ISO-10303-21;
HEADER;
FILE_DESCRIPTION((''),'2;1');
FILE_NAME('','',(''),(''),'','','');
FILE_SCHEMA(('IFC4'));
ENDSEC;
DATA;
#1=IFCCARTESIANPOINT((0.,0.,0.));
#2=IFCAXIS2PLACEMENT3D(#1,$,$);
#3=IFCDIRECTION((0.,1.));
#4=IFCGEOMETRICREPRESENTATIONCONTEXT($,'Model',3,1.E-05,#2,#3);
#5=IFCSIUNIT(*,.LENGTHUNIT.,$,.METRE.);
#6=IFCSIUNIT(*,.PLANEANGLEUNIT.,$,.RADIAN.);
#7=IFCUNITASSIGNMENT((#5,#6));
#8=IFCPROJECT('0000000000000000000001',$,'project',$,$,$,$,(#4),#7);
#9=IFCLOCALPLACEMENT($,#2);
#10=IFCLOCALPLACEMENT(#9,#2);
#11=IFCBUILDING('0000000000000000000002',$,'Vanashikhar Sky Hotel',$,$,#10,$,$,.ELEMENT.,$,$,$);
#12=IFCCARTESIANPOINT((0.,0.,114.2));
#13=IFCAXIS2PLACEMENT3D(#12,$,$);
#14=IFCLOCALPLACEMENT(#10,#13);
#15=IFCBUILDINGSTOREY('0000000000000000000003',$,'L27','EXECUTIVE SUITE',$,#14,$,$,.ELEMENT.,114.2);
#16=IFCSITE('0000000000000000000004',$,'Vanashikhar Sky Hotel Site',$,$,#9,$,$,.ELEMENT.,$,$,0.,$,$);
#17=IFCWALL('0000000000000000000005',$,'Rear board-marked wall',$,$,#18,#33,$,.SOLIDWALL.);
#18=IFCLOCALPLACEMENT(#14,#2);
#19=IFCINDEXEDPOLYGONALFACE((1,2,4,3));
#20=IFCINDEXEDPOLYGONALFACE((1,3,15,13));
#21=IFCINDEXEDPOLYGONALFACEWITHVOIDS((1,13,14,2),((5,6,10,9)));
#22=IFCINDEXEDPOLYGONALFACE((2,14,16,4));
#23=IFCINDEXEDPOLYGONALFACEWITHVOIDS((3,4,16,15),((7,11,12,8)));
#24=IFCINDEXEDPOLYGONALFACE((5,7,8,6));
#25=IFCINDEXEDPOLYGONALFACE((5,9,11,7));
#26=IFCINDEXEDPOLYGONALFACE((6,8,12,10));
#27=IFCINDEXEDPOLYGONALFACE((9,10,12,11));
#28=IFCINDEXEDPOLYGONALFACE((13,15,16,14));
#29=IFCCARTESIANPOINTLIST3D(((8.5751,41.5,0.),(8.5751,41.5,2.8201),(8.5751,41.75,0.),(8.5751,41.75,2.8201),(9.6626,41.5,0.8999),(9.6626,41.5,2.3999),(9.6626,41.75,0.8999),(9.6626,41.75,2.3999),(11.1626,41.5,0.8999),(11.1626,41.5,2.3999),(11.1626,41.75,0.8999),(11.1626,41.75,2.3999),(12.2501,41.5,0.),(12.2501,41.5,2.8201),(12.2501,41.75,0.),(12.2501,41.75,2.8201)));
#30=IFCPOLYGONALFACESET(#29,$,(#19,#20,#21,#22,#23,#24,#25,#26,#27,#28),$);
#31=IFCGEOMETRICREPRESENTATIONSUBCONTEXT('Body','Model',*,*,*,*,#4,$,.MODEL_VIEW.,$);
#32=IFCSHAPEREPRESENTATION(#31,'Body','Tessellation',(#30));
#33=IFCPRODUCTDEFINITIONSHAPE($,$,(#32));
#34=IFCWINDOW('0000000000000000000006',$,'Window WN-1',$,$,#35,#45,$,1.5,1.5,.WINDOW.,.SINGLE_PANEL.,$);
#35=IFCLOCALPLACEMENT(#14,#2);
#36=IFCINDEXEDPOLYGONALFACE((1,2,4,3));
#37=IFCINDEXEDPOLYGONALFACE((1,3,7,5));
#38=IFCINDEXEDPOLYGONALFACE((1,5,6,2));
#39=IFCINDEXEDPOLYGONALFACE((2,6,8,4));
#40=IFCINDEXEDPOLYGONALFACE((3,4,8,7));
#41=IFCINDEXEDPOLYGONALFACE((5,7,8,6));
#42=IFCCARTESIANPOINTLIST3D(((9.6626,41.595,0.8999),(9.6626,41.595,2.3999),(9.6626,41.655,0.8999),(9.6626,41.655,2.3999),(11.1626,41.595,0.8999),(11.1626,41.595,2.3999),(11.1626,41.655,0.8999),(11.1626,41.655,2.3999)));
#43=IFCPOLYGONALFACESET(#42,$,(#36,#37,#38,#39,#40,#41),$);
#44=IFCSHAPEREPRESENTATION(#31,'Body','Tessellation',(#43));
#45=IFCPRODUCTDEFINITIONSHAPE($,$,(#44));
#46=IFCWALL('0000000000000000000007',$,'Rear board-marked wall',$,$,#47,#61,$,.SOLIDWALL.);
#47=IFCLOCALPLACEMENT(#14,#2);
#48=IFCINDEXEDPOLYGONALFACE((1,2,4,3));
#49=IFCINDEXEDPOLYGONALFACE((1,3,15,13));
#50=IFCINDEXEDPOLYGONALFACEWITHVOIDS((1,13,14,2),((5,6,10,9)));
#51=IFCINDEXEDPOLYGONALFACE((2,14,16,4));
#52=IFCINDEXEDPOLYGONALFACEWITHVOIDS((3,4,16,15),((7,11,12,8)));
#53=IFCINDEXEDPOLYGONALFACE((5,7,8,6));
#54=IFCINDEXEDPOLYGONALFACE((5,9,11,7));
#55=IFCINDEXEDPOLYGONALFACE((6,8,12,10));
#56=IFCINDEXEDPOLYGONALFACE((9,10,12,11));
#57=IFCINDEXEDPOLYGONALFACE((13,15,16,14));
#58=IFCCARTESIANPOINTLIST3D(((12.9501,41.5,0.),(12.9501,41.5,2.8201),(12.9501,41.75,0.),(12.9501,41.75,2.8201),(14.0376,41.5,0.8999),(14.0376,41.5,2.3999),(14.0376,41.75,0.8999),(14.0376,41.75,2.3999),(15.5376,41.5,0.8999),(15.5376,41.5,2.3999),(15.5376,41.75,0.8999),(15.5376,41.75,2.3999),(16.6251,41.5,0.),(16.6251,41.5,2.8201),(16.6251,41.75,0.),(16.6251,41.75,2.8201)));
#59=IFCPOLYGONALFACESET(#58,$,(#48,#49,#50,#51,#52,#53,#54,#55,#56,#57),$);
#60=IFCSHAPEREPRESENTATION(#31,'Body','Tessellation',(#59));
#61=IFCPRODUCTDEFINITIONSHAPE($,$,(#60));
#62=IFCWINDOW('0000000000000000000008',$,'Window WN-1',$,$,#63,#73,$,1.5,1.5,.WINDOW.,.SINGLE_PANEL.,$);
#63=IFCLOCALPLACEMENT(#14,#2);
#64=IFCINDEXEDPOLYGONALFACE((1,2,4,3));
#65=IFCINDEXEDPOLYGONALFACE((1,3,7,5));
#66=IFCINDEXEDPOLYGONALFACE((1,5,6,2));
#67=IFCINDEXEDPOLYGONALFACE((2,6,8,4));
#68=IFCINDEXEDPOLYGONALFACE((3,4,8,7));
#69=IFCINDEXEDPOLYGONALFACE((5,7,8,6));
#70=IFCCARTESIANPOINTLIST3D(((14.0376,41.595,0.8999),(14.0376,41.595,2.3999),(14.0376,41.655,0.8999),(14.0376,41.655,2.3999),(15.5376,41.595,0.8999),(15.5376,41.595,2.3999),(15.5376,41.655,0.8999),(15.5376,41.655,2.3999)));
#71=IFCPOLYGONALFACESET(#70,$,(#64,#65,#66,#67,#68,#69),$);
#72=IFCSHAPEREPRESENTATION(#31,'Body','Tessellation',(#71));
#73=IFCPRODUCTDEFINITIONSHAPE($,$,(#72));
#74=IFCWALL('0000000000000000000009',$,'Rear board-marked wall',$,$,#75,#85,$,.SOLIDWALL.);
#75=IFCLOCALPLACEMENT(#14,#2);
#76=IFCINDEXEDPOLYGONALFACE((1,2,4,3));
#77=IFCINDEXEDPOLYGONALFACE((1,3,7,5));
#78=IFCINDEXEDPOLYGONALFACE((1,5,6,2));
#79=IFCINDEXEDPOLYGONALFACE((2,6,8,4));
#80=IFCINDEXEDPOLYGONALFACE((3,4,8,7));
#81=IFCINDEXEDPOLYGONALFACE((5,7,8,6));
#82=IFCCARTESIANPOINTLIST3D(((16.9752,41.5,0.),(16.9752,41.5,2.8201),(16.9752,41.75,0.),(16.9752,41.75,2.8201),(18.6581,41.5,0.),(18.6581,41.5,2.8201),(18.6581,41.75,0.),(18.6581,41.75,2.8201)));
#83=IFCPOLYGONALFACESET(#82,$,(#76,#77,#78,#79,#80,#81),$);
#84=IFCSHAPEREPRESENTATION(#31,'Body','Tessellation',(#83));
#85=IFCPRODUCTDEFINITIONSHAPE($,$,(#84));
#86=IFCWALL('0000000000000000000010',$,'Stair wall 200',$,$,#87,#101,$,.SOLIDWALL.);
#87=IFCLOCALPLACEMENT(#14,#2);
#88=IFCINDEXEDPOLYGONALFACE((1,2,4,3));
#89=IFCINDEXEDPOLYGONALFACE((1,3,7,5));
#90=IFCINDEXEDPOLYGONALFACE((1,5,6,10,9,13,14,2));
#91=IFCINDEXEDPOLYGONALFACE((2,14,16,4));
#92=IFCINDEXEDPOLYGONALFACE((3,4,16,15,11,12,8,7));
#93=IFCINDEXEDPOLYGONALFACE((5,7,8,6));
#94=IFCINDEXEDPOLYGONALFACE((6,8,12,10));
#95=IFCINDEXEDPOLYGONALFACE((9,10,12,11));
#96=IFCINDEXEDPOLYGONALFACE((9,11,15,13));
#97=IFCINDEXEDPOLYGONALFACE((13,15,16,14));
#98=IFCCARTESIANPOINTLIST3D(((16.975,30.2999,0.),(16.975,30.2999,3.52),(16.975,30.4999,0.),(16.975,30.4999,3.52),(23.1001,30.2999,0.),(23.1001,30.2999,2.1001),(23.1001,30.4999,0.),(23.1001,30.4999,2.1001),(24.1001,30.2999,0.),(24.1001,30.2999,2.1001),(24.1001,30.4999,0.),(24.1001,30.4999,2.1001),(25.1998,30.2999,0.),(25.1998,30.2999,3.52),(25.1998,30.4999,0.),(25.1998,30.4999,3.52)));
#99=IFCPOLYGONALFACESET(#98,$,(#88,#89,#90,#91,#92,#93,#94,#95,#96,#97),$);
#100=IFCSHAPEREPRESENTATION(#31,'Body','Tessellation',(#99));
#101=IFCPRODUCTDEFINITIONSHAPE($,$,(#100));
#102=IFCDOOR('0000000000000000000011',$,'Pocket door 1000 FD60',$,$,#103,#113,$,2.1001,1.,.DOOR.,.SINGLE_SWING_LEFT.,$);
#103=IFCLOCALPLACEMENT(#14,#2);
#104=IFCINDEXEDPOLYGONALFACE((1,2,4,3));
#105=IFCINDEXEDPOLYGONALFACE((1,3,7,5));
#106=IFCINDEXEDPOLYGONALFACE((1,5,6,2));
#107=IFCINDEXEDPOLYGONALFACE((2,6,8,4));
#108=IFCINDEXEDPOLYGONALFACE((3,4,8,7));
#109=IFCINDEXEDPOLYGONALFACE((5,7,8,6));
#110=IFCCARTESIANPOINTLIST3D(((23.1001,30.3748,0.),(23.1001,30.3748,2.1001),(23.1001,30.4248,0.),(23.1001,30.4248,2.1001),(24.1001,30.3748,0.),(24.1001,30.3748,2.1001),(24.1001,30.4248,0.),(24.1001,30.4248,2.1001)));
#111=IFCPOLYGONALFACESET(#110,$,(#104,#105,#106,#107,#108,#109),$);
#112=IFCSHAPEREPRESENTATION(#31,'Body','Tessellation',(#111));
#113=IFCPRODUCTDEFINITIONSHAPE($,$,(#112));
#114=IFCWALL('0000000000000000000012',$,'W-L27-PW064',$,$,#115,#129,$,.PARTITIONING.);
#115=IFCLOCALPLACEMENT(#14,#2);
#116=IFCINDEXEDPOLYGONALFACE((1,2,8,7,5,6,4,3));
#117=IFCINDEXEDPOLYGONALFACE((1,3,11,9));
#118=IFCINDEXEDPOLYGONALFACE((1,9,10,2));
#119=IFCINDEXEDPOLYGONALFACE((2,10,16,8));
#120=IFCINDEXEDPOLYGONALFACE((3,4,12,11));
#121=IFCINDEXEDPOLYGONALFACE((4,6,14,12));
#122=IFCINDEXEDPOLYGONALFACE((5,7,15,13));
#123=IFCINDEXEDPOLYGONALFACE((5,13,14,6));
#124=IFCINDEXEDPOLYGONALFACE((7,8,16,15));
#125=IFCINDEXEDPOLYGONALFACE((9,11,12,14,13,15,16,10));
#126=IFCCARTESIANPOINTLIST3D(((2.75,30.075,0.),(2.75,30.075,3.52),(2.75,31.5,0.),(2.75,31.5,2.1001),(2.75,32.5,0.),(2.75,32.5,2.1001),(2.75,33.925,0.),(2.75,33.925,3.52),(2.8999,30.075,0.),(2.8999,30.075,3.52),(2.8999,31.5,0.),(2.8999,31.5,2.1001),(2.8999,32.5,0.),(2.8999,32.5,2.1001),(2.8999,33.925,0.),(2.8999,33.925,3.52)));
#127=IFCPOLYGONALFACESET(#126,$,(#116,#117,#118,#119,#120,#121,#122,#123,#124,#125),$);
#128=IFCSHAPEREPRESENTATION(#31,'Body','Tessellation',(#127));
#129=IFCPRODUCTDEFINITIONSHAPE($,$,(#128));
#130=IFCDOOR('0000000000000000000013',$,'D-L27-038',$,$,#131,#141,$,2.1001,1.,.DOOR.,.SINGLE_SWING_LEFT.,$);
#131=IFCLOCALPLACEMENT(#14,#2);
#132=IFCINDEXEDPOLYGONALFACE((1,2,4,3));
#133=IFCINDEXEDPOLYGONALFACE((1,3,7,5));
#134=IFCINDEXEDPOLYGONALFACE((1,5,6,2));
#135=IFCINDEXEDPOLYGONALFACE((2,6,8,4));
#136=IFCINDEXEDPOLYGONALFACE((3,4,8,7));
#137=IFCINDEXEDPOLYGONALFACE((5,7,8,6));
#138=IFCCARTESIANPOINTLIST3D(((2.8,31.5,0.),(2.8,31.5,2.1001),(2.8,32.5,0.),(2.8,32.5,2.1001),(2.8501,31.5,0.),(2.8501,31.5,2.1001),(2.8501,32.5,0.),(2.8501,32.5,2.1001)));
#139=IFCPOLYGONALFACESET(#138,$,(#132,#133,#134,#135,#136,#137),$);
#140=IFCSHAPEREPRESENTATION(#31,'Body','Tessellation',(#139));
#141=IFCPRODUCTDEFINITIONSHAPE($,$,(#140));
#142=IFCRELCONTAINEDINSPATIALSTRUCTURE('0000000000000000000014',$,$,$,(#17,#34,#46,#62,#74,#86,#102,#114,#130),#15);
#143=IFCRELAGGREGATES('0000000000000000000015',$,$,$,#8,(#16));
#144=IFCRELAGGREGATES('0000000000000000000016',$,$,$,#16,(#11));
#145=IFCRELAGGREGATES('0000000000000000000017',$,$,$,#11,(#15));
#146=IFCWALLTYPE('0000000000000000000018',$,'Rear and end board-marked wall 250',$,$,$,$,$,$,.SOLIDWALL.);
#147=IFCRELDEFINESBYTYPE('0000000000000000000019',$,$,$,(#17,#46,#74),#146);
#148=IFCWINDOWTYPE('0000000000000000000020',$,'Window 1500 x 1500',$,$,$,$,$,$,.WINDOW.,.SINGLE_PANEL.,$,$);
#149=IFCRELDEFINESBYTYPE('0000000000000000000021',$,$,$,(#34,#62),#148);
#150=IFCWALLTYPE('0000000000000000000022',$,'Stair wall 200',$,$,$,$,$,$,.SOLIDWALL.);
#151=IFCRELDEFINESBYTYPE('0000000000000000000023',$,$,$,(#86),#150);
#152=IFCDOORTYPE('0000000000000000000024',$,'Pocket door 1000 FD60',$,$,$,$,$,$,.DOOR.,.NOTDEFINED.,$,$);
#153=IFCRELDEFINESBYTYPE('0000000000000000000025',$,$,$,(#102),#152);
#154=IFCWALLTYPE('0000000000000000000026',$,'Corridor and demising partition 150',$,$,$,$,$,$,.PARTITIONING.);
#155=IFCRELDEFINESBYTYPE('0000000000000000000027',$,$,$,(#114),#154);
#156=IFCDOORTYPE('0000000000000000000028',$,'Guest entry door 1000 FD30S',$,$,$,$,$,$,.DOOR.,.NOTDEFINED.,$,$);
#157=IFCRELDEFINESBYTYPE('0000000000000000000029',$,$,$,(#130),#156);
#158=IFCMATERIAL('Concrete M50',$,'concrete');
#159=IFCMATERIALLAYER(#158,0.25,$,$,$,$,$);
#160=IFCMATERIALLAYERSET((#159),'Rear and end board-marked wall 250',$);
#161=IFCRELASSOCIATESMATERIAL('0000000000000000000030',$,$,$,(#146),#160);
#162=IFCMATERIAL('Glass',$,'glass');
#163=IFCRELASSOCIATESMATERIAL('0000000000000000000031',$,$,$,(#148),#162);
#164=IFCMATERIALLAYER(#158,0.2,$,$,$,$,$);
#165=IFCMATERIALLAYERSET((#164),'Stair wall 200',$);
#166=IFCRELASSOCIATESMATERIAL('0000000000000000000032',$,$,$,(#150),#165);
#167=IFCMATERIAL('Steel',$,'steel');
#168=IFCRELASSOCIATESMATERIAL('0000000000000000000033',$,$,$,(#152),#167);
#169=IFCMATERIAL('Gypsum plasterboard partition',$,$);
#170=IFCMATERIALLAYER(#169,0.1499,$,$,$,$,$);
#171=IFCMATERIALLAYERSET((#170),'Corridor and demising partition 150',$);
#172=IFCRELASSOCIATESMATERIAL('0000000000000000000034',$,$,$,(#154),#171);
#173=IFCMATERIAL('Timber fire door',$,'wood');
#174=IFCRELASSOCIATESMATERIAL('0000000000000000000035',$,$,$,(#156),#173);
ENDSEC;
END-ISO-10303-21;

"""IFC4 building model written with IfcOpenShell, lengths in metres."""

from ifc_helpers import new_model, si_unit, direction, frame, frame_2d, origin, place, context, subcontext, project, spatial, rectangle, extrude, source, transform, mapped, material, layer, layer_set, type_object, element, fill, save


model = new_model("IFC4")

# Units and contexts
model_context = context("Model", 3, precision=1e-05, world=origin(), true_north=direction((0.0, 1.0)))
body_context = subcontext(model_context, "Body", "Model", "MODEL_VIEW")
ifc_project = project(units=[si_unit("LENGTHUNIT", "METRE"), si_unit("PLANEANGLEUNIT", "RADIAN")], contexts=[model_context])

# Site, building, storey
site_placement = place(None, origin())
site = spatial("IfcSite", under=ifc_project, at=site_placement, Name="Vanashikhar Sky Hotel Site", CompositionType="ELEMENT", RefElevation=0.0)
building_placement = place(site_placement, origin())
building = spatial("IfcBuilding", under=site, at=building_placement, Name="Vanashikhar Sky Hotel", CompositionType="ELEMENT")
storey_placement = place(building_placement, frame((0.0, 0.0, 114.2)))
storey = spatial("IfcBuildingStorey", under=building, at=storey_placement, Name="L27", Description="EXECUTIVE SUITE", CompositionType="ELEMENT", Elevation=114.2)

# Shared definitions
ifc_material_1 = material(Name="Concrete M50", Category="concrete")

# Shared definitions
ifc_material_2 = material(Name="Glass", Category="glass")

# Walls, openings, windows
ifc_layer_1 = layer(ifc_material_1, 0.25)
ifc_layer_set_1 = layer_set([ifc_layer_1], Name="Rear and end board-marked wall 250")
wall_type_1 = type_object("IfcWallType", Name="Rear and end board-marked wall 250", PredefinedType="SOLIDWALL", material=ifc_layer_set_1)
shared_shape_1 = source(origin(), body_context, "Body", "SweptSolid", [
    extrude(rectangle(XDim=1.5, YDim=1.5, at=frame_2d((0.75, 0.75))), frame((0.0, 0.135, 0.0), z_axis=(0.0, -1.0, 0.0), x_axis=(1.0, 0.0, 0.0)), (0.0, 0.0, 1.0), 0.27),
])
window_type_1 = type_object("IfcWindowType", Name="Window 1500 x 1500", PartitioningType="SINGLE_PANEL", PredefinedType="WINDOW", material=ifc_material_2)
shared_shape_2 = source(origin(), body_context, "Body", "SweptSolid", [
    extrude(rectangle(XDim=1.5, YDim=1.5, at=frame_2d((0.75, 0.75))), frame((0.0, 0.03, 0.0), z_axis=(0.0, -1.0, 0.0), x_axis=(1.0, 0.0, 0.0)), (0.0, 0.0, 1.0), 0.0601),
])
shared_shape_3 = source(origin(), body_context, "Body", "SweptSolid", [
    extrude(rectangle(XDim=3.675, YDim=0.25, at=frame_2d((1.8374, 0.0))), origin(), (0.0, 0.0, 1.0), 2.8201),
])
wall_1_placement = place(storey_placement, frame((12.25, 41.625, 0.0), z_axis=(0.0, 0.0, 1.0), x_axis=(-1.0, 0.0, 0.0)))
wall_1 = element("IfcWall", 1, at=wall_1_placement, inside=storey, type_object=wall_type_1, Name="Rear board-marked wall", PredefinedType="SOLIDWALL", context=body_context, shape_type="MappedRepresentation", body=[
    mapped(shared_shape_3, transform((0.0, 0.0, 0.0), scale=1.0)),
])
opening_1_placement = place(wall_1_placement, frame((1.0874, 0.0, 0.8999)))
opening_1 = element("IfcOpeningElement", 2, at=opening_1_placement, cuts=wall_1, PredefinedType="OPENING", context=body_context, shape_type="MappedRepresentation", body=[
    mapped(shared_shape_1, transform((0.0, 0.0, 0.0), scale=1.0)),
])
window_1_placement = place(opening_1_placement, origin())
window_1 = element("IfcWindow", 3, at=window_1_placement, inside=storey, type_object=window_type_1, Name="Window WN-1", OverallHeight=1.5, OverallWidth=1.5, PartitioningType="SINGLE_PANEL", PredefinedType="WINDOW", context=body_context, shape_type="MappedRepresentation", body=[
    mapped(shared_shape_2, transform((0.0, 0.0, 0.0), scale=1.0)),
])
fill(opening_1, window_1)
wall_2_placement = place(storey_placement, frame((16.625, 41.625, 0.0), z_axis=(0.0, 0.0, 1.0), x_axis=(-1.0, 0.0, 0.0)))
wall_2 = element("IfcWall", 4, at=wall_2_placement, inside=storey, type_object=wall_type_1, Name="Rear board-marked wall", PredefinedType="SOLIDWALL", context=body_context, shape_type="MappedRepresentation", body=[
    mapped(shared_shape_3, transform((0.0, 0.0, 0.0), scale=1.0)),
])
opening_2_placement = place(wall_2_placement, frame((1.0874, 0.0, 0.8999)))
opening_2 = element("IfcOpeningElement", 5, at=opening_2_placement, cuts=wall_2, PredefinedType="OPENING", context=body_context, shape_type="MappedRepresentation", body=[
    mapped(shared_shape_1, transform((0.0, 0.0, 0.0), scale=1.0)),
])
window_2_placement = place(opening_2_placement, origin())
window_2 = element("IfcWindow", 6, at=window_2_placement, inside=storey, type_object=window_type_1, Name="Window WN-1", OverallHeight=1.5, OverallWidth=1.5, PartitioningType="SINGLE_PANEL", PredefinedType="WINDOW", context=body_context, shape_type="MappedRepresentation", body=[
    mapped(shared_shape_2, transform((0.0, 0.0, 0.0), scale=1.0)),
])
fill(opening_2, window_2)

# Wall
shared_shape_4 = source(origin(), body_context, "Body", "SweptSolid", [
    extrude(rectangle(XDim=1.6829, YDim=0.25, at=frame_2d((0.8413, 0.0))), origin(), (0.0, 0.0, 1.0), 2.8201),
])
wall_3_placement = place(storey_placement, frame((18.658, 41.625, 0.0), z_axis=(0.0, 0.0, 1.0), x_axis=(-1.0, 0.0, 0.0)))
element("IfcWall", 7, at=wall_3_placement, inside=storey, type_object=wall_type_1, Name="Rear board-marked wall", PredefinedType="SOLIDWALL", context=body_context, shape_type="MappedRepresentation", body=[
    mapped(shared_shape_4, transform((0.0, 0.0, 0.0), scale=1.0)),
])

# Walls, openings, doors
ifc_layer_2 = layer(ifc_material_1, 0.2)
ifc_layer_set_2 = layer_set([ifc_layer_2], Name="Stair wall 200")
wall_type_2 = type_object("IfcWallType", Name="Stair wall 200", PredefinedType="SOLIDWALL", material=ifc_layer_set_2)
shared_shape_5 = source(origin(), body_context, "Body", "SweptSolid", [
    extrude(rectangle(XDim=8.2249, YDim=0.2, at=frame_2d((4.1123, 0.0))), origin(), (0.0, 0.0, 1.0), 3.52),
])
wall_4_placement = place(storey_placement, frame((16.9751, 30.3999, 0.0), z_axis=(0.0, 0.0, 1.0), x_axis=(1.0, 0.0, 0.0)))
wall_4 = element("IfcWall", 8, at=wall_4_placement, inside=storey, type_object=wall_type_2, Name="Stair wall 200", PredefinedType="SOLIDWALL", context=body_context, shape_type="MappedRepresentation", body=[
    mapped(shared_shape_5, transform((0.0, 0.0, 0.0), scale=1.0)),
])
shared_shape_6 = source(origin(), body_context, "Body", "SweptSolid", [
    extrude(rectangle(XDim=1.0, YDim=2.1001, at=frame_2d((0.5, 1.05))), frame((0.0, 0.1099, 0.0), z_axis=(0.0, -1.0, 0.0), x_axis=(1.0, 0.0, 0.0)), (0.0, 0.0, 1.0), 0.22),
])
opening_3_placement = place(wall_4_placement, frame((6.125, 0.0, 0.0)))
opening_3 = element("IfcOpeningElement", 9, at=opening_3_placement, cuts=wall_4, PredefinedType="OPENING", context=body_context, shape_type="MappedRepresentation", body=[
    mapped(shared_shape_6, transform((0.0, 0.0, 0.0), scale=1.0)),
])
ifc_material_3 = material(Name="Steel", Category="steel")
door_type_1 = type_object("IfcDoorType", Name="Pocket door 1000 FD60", OperationType="NOTDEFINED", PredefinedType="DOOR", material=ifc_material_3)
shared_shape_7 = source(origin(), body_context, "Body", "SweptSolid", [
    extrude(rectangle(XDim=1.0, YDim=2.1001, at=frame_2d((0.5, 1.05))), frame((0.0, 0.0249, 0.0), z_axis=(0.0, -1.0, 0.0), x_axis=(1.0, 0.0, 0.0)), (0.0, 0.0, 1.0), 0.05),
])
door_1_placement = place(opening_3_placement, origin())
door_1 = element("IfcDoor", 10, at=door_1_placement, inside=storey, type_object=door_type_1, Name="Pocket door 1000 FD60", OperationType="SINGLE_SWING_LEFT", OverallHeight=2.1001, OverallWidth=1.0, PredefinedType="DOOR", context=body_context, shape_type="MappedRepresentation", body=[
    mapped(shared_shape_7, transform((0.0, 0.0, 0.0), scale=1.0)),
])
fill(opening_3, door_1)
ifc_material_4 = material(Name="Gypsum plasterboard partition")
ifc_layer_3 = layer(ifc_material_4, 0.1499)
ifc_layer_set_3 = layer_set([ifc_layer_3], Name="Corridor and demising partition 150")
wall_type_3 = type_object("IfcWallType", Name="Corridor and demising partition 150", PredefinedType="PARTITIONING", material=ifc_layer_set_3)
shared_shape_8 = source(origin(), body_context, "Body", "SweptSolid", [
    extrude(rectangle(XDim=3.8501, YDim=0.1499, at=frame_2d((1.925, 0.0))), origin(), (0.0, 0.0, 1.0), 3.52),
])
wall_5_placement = place(storey_placement, frame((2.825, 30.075, 0.0), z_axis=(0.0, 0.0, 1.0), x_axis=(0.0, 1.0, 0.0)))
wall_5 = element("IfcWall", 11, at=wall_5_placement, inside=storey, type_object=wall_type_3, Name="W-L27-PW064", PredefinedType="PARTITIONING", context=body_context, shape_type="MappedRepresentation", body=[
    mapped(shared_shape_8, transform((0.0, 0.0, 0.0), scale=1.0)),
])
shared_shape_9 = source(origin(), body_context, "Body", "SweptSolid", [
    extrude(rectangle(XDim=1.0, YDim=2.1001, at=frame_2d((0.5, 1.05))), frame((0.0, 0.085, 0.0), z_axis=(0.0, -1.0, 0.0), x_axis=(1.0, 0.0, 0.0)), (0.0, 0.0, 1.0), 0.1699),
])
opening_4_placement = place(wall_5_placement, frame((1.425, 0.0, 0.0)))
opening_4 = element("IfcOpeningElement", 12, at=opening_4_placement, cuts=wall_5, PredefinedType="OPENING", context=body_context, shape_type="MappedRepresentation", body=[
    mapped(shared_shape_9, transform((0.0, 0.0, 0.0), scale=1.0)),
])
ifc_material_5 = material(Name="Timber fire door", Category="wood")
door_type_2 = type_object("IfcDoorType", Name="Guest entry door 1000 FD30S", OperationType="NOTDEFINED", PredefinedType="DOOR", material=ifc_material_5)
door_2_placement = place(opening_4_placement, origin())
door_2 = element("IfcDoor", 13, at=door_2_placement, inside=storey, type_object=door_type_2, Name="D-L27-038", OperationType="SINGLE_SWING_LEFT", OverallHeight=2.1001, OverallWidth=1.0, PredefinedType="DOOR", context=body_context, shape_type="MappedRepresentation", body=[
    mapped(shared_shape_7, transform((0.0, 0.0, 0.0), scale=1.0)),
])
fill(opening_4, door_2)

save(model, "model.ifc")
